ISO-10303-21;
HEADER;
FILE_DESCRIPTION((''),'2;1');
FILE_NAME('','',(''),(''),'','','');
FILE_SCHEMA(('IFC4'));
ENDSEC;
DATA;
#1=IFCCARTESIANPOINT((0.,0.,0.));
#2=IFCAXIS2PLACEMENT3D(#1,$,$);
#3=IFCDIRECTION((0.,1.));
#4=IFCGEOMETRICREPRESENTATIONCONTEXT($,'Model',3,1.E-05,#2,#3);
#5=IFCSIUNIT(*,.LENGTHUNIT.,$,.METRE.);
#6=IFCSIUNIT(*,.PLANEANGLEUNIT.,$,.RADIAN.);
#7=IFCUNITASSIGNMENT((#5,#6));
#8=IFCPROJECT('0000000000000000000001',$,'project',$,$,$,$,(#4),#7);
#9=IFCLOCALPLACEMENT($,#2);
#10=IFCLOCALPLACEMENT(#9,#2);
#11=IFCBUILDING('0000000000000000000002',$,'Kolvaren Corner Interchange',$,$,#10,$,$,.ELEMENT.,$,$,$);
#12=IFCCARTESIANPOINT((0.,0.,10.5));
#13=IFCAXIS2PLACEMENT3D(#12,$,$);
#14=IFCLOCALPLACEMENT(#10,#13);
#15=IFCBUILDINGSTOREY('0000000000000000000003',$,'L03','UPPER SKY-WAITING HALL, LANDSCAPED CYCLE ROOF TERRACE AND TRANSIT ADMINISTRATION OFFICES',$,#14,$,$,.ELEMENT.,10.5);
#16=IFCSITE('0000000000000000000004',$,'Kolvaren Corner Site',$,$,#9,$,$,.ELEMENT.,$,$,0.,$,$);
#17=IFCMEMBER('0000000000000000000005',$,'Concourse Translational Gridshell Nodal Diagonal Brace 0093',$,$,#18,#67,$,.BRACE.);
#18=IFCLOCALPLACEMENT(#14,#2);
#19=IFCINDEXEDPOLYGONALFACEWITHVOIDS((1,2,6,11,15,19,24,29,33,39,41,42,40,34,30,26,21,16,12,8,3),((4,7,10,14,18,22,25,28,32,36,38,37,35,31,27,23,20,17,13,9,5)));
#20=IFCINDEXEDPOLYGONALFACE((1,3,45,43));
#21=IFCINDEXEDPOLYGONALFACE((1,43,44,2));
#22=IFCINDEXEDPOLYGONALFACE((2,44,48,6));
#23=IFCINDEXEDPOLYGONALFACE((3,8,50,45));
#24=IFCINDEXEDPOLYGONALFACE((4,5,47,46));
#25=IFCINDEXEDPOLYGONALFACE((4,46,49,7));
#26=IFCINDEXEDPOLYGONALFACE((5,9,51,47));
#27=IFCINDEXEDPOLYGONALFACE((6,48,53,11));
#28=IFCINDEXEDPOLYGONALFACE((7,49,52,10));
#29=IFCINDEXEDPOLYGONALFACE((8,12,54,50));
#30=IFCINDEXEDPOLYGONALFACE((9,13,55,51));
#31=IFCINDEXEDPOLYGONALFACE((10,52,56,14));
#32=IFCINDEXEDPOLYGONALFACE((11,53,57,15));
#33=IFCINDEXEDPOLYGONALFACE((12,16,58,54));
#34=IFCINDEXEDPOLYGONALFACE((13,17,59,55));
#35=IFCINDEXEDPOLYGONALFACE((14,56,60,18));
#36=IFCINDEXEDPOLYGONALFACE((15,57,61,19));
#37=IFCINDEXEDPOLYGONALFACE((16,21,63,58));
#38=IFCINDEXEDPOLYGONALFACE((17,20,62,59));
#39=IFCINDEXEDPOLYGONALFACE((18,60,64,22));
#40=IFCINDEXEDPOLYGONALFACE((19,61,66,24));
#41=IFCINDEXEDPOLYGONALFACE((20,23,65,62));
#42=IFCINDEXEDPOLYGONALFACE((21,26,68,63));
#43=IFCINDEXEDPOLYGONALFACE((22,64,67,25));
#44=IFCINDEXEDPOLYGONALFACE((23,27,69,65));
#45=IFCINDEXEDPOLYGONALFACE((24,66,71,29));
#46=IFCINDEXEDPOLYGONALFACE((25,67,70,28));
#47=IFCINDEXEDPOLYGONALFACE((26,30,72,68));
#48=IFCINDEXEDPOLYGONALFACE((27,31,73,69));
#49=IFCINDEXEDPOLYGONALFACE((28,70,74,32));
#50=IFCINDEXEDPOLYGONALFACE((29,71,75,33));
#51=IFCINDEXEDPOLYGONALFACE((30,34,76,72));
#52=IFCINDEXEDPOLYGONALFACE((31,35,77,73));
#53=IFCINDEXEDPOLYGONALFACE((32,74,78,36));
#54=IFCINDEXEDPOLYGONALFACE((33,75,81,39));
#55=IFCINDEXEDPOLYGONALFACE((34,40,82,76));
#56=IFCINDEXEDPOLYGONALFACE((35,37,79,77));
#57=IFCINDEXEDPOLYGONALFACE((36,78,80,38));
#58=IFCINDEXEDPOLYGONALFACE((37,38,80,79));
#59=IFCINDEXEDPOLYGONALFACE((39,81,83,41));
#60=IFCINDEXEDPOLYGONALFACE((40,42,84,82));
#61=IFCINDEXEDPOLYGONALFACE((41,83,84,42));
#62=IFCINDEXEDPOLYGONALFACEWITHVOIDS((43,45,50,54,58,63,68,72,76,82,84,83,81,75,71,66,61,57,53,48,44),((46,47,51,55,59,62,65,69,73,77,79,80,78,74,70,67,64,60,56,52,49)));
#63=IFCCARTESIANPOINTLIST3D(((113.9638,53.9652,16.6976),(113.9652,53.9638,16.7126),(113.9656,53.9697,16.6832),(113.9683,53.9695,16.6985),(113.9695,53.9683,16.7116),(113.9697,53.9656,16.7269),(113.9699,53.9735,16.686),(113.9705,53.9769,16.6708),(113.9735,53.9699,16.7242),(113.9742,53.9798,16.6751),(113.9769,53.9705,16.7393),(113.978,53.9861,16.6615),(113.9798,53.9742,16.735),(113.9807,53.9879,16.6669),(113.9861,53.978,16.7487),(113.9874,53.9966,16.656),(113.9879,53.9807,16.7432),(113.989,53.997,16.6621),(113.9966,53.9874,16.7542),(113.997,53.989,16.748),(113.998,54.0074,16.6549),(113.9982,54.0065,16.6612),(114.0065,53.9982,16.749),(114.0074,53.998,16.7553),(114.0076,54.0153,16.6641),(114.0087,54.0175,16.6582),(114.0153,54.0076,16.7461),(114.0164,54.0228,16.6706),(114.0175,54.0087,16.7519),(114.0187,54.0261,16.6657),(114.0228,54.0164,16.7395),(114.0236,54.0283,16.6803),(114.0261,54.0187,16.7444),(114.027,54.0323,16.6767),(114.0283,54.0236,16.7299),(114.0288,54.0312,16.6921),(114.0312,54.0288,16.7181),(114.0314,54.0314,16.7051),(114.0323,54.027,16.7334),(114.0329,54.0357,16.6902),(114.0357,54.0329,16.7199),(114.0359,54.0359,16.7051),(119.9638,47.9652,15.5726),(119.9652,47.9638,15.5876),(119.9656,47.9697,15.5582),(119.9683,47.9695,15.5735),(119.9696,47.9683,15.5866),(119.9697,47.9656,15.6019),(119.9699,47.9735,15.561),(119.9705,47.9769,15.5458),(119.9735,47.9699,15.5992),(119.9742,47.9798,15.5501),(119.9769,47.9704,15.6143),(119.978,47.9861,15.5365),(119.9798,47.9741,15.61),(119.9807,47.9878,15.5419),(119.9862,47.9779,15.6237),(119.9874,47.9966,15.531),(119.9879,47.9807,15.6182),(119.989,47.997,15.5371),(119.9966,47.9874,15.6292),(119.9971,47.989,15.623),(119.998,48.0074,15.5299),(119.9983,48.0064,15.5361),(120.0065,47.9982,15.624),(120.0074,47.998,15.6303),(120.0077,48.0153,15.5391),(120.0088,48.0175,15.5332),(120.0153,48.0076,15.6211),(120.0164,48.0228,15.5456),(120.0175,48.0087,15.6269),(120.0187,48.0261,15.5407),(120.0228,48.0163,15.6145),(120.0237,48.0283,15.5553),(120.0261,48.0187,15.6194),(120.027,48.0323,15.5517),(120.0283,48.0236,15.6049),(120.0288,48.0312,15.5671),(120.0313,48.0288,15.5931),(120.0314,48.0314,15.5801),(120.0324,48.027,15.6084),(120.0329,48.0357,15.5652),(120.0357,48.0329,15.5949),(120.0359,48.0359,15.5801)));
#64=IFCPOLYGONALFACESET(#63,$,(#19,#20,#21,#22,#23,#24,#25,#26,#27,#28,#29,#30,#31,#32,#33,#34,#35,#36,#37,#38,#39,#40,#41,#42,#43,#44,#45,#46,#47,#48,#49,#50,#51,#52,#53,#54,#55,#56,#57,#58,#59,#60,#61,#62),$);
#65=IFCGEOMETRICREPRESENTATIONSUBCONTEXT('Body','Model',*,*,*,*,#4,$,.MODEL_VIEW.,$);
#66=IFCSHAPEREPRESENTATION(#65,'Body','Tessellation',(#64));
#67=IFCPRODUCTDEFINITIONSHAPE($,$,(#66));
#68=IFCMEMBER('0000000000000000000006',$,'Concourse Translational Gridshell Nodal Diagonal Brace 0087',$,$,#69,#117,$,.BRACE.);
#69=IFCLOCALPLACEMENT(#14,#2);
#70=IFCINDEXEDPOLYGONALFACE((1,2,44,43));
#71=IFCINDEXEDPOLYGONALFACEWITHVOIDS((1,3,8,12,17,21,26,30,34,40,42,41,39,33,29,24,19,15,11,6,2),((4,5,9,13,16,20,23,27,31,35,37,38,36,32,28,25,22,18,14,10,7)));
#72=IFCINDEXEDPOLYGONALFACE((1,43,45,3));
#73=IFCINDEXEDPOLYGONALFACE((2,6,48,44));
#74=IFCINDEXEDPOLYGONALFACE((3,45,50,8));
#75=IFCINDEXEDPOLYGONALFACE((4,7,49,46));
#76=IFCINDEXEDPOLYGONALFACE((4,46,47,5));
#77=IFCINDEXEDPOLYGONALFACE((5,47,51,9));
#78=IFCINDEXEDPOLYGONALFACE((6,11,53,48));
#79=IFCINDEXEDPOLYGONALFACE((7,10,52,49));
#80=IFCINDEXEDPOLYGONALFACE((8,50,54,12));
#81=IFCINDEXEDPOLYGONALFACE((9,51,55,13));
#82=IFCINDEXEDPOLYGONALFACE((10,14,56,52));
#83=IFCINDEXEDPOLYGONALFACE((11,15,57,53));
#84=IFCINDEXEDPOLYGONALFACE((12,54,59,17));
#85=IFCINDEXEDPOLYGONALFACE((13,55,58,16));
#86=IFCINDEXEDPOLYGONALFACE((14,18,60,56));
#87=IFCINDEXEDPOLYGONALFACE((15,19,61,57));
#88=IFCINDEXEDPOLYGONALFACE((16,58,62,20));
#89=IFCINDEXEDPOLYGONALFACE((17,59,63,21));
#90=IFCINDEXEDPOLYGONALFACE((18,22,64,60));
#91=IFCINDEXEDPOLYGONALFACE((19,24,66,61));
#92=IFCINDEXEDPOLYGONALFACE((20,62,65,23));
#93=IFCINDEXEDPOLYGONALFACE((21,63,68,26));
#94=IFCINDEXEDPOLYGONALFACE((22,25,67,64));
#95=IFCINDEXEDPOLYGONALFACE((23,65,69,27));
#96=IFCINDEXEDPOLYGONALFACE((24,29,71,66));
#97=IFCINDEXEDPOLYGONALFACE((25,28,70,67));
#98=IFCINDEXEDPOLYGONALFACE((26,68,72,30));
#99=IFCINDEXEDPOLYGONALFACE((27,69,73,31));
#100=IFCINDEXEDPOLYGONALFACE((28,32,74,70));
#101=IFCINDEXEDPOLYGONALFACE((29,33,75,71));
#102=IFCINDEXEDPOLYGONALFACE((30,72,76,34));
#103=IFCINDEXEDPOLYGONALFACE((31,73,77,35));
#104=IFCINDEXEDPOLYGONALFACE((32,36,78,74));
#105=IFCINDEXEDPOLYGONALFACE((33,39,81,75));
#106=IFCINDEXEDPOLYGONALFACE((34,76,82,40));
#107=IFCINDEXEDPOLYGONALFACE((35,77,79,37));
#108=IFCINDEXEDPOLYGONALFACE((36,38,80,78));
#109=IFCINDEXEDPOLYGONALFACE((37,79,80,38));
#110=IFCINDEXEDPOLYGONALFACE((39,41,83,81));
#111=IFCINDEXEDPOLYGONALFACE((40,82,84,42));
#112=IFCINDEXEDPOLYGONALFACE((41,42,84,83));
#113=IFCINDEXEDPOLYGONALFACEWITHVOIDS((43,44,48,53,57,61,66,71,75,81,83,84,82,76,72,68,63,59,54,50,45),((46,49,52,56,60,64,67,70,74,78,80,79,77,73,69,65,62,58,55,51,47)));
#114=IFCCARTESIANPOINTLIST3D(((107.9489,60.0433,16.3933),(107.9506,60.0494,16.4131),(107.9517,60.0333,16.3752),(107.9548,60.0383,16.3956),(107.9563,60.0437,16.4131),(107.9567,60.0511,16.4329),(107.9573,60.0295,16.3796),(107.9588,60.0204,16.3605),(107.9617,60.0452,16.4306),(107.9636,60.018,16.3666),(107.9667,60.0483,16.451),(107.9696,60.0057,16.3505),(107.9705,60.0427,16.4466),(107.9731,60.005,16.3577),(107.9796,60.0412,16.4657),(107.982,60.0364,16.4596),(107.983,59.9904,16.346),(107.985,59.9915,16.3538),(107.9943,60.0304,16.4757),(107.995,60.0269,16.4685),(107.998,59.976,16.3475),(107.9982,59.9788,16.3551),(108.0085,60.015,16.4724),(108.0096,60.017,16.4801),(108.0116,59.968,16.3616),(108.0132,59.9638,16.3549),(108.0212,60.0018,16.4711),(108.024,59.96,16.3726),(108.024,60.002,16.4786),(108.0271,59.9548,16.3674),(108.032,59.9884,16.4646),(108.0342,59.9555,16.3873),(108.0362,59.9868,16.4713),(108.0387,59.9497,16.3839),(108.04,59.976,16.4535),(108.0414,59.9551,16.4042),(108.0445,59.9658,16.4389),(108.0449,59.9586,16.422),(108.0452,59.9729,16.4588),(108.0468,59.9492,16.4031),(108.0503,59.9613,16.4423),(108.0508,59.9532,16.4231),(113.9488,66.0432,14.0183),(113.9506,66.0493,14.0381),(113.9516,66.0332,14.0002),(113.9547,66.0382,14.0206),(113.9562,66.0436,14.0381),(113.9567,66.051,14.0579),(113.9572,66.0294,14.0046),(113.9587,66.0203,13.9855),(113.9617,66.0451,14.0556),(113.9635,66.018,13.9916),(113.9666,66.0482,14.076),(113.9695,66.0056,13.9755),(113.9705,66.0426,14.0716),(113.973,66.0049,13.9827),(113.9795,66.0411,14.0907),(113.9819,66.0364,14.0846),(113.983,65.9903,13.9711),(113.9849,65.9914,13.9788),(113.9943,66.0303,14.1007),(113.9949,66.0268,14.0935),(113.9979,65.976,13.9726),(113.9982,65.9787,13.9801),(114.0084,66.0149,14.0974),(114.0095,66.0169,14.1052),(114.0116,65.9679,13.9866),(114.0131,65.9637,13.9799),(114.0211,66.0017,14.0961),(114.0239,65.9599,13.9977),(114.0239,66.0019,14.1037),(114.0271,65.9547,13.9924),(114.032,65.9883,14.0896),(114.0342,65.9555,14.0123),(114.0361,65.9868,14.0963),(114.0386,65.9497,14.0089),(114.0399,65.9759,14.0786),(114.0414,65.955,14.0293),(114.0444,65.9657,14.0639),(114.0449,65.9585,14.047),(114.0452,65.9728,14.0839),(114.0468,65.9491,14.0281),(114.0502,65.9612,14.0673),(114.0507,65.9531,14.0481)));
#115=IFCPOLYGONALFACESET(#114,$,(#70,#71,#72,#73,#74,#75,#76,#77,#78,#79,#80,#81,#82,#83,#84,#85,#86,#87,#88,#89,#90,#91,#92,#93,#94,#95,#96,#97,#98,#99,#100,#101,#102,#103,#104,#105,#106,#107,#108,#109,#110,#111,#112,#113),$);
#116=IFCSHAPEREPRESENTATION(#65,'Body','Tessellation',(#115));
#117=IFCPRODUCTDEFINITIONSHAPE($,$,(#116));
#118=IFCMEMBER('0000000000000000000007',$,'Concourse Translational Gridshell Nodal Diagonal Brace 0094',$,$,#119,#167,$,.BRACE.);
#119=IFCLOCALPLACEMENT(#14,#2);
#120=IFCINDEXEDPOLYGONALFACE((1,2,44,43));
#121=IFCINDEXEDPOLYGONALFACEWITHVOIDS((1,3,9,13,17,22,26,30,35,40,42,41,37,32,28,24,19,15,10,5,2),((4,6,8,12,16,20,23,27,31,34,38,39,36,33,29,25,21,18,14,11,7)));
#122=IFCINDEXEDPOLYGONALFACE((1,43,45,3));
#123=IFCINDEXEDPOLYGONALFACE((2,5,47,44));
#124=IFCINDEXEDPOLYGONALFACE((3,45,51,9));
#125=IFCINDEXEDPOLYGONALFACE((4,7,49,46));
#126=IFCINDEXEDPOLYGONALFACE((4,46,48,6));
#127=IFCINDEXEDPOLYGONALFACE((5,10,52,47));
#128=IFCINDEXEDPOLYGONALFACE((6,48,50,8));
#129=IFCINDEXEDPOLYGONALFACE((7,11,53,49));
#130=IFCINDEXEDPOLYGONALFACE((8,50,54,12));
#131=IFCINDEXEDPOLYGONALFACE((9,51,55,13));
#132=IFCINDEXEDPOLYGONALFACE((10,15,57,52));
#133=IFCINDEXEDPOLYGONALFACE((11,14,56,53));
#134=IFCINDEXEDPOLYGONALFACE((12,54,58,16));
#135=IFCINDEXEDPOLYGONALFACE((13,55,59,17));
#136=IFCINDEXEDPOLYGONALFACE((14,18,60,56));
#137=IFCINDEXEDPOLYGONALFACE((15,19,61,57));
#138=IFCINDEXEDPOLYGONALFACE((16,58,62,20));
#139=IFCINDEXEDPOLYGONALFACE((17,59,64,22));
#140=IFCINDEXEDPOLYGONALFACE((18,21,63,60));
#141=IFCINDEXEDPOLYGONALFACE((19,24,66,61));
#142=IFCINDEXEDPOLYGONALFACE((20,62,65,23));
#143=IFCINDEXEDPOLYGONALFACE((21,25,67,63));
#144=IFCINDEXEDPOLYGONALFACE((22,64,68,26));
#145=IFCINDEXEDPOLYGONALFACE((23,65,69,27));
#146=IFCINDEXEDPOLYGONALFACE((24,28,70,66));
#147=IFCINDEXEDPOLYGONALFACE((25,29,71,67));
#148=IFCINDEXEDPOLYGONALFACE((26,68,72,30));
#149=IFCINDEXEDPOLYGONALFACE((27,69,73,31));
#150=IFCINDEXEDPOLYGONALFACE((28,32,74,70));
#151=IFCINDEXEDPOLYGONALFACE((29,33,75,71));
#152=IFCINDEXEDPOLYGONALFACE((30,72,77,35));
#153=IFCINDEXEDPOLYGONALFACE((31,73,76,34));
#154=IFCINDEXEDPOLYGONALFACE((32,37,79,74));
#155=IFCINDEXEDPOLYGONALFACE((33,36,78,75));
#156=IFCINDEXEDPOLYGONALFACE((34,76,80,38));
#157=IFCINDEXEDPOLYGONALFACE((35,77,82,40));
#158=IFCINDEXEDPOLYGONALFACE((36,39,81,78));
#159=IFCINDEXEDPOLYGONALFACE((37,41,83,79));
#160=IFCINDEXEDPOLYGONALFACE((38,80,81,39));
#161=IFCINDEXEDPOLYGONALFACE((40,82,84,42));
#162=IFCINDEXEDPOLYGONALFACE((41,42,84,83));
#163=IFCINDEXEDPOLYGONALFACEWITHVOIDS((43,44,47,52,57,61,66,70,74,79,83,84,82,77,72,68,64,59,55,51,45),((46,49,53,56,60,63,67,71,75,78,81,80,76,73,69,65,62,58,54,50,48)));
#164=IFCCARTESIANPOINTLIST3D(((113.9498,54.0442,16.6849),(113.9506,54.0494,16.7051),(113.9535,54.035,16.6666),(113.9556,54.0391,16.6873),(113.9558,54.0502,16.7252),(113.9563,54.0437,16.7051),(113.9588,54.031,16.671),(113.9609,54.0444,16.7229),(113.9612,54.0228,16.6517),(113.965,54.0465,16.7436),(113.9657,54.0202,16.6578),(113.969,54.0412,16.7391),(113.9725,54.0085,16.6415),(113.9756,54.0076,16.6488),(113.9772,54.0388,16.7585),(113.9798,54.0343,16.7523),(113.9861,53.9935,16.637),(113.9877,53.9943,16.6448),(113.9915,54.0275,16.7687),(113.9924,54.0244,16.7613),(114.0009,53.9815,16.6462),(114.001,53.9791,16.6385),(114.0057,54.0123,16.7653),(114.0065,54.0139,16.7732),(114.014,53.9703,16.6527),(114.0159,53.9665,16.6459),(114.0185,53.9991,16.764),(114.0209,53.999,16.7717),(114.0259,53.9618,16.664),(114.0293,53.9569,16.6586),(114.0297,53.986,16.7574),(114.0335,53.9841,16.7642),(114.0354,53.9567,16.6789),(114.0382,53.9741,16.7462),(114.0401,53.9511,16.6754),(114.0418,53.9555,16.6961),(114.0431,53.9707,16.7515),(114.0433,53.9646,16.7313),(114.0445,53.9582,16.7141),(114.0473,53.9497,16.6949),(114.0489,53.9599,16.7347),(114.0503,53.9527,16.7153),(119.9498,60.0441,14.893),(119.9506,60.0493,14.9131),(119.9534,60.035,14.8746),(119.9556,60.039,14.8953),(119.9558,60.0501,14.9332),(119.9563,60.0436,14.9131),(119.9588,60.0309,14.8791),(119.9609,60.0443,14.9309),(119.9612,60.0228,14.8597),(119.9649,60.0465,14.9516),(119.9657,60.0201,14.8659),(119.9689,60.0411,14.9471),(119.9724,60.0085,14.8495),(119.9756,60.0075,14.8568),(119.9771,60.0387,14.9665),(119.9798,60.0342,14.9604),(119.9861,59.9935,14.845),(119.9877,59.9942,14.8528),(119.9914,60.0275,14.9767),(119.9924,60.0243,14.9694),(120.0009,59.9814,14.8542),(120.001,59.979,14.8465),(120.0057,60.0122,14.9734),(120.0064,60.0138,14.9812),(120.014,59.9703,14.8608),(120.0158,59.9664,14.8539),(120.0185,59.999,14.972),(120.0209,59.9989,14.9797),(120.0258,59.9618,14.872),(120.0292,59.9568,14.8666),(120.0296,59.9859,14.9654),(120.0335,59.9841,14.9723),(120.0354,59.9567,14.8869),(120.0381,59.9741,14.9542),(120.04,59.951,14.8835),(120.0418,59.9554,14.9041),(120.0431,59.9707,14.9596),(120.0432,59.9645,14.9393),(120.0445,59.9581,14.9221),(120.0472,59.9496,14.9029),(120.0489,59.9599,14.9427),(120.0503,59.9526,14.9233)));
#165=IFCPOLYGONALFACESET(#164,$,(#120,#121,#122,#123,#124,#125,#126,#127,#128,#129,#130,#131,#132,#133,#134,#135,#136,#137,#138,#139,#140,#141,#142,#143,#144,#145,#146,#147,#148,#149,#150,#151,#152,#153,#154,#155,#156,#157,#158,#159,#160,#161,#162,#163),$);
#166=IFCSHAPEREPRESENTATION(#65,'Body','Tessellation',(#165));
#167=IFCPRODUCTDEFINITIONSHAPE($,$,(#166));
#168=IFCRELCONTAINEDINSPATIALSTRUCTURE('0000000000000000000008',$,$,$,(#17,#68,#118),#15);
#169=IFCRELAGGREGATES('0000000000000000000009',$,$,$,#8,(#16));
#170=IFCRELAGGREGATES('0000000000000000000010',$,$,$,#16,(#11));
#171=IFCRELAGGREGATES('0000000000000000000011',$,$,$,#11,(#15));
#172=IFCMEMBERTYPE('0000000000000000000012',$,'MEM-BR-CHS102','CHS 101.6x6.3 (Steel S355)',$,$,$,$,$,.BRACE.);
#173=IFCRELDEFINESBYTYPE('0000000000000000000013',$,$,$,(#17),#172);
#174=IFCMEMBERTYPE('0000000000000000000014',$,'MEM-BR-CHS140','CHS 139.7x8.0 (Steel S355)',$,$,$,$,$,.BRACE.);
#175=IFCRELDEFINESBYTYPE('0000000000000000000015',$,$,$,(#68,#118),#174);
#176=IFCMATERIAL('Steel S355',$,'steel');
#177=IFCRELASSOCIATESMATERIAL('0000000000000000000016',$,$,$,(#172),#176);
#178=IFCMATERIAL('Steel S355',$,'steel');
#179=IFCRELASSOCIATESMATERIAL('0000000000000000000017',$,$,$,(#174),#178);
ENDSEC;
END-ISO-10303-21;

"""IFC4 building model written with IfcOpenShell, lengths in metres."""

from ifc_helpers import new_model, si_unit, direction, frame, origin, origin_2d, place, context, subcontext, project, spatial, hollow_circle, extrude, material, material_profile, profile_set, type_object, element, save


model = new_model("IFC4")

# Units and contexts
model_context = context("Model", 3, precision=1e-05, world=origin(), true_north=direction((0.0, 1.0)))
body_context = subcontext(model_context, "Body", "Model", "MODEL_VIEW")
ifc_project = project(units=[si_unit("LENGTHUNIT", "METRE"), si_unit("PLANEANGLEUNIT", "RADIAN")], contexts=[model_context])

# Site, building, storey
site_placement = place(None, origin())
site = spatial("IfcSite", under=ifc_project, at=site_placement, Name="Kolvaren Corner Site", CompositionType="ELEMENT", RefElevation=0.0)
building_placement = place(site_placement, origin())
building = spatial("IfcBuilding", under=site, at=building_placement, Name="Kolvaren Corner Interchange", CompositionType="ELEMENT")
storey_placement = place(building_placement, frame((0.0, 0.0, 10.5)))
storey = spatial("IfcBuildingStorey", under=building, at=storey_placement, Name="L03", Description="UPPER SKY-WAITING HALL, LANDSCAPED CYCLE ROOF TERRACE AND TRANSIT ADMINISTRATION OFFICES", CompositionType="ELEMENT", Elevation=10.5)

# Members
ifc_material_1 = material(Name="Steel S355", Category="steel")
ifc_material_profile_1 = material_profile(ifc_material_1, hollow_circle(Radius=0.0508, WallThickness=0.0063, at=origin_2d()), Name="CHS 101.6x6.3")
ifc_profile_set_1 = profile_set([ifc_material_profile_1], Name="Steel S355")
member_type_1 = type_object("IfcMemberType", Name="MEM-BR-CHS102", Description="CHS 101.6x6.3 (Steel S355)", PredefinedType="BRACE", material=ifc_profile_set_1)
member_1_placement = place(storey_placement, frame((114.0, 54.0, 16.7051), z_axis=(0.700973, -0.700973, -0.131432), x_axis=(0.707107, 0.707107, 0.0)))
element("IfcMember", 1, at=member_1_placement, inside=storey, type_object=member_type_1, Name="Concourse Translational Gridshell Nodal Diagonal Brace 0093", PredefinedType="BRACE", context=body_context, shape_type="SweptSolid", body=[
    extrude(hollow_circle(Radius=0.0508, WallThickness=0.0063, at=origin_2d()), origin(), (0.0, 0.0, 1.0), 8.5596),
])
ifc_material_2 = material(Name="Steel S355", Category="steel")
ifc_material_profile_2 = material_profile(ifc_material_2, hollow_circle(Radius=0.0698, WallThickness=0.0081, at=origin_2d()), Name="CHS 139.7x8.0")
ifc_profile_set_2 = profile_set([ifc_material_profile_2], Name="Steel S355")
member_type_2 = type_object("IfcMemberType", Name="MEM-BR-CHS140", Description="CHS 139.7x8.0 (Steel S355)", PredefinedType="BRACE", material=ifc_profile_set_2)
member_2_placement = place(storey_placement, frame((108.0, 60.0, 16.4131), z_axis=(0.680937, 0.680937, -0.269537), x_axis=(-0.707107, 0.707107, 0.0)))
element("IfcMember", 2, at=member_2_placement, inside=storey, type_object=member_type_2, Name="Concourse Translational Gridshell Nodal Diagonal Brace 0087", PredefinedType="BRACE", context=body_context, shape_type="SweptSolid", body=[
    extrude(hollow_circle(Radius=0.0698, WallThickness=0.0081, at=origin_2d()), origin(), (0.0, 0.0, 1.0), 8.8113),
])
member_3_placement = place(storey_placement, frame((114.0, 54.0, 16.7051), z_axis=(0.691847, 0.691847, -0.206631), x_axis=(-0.707107, 0.707107, 0.0)))
element("IfcMember", 3, at=member_3_placement, inside=storey, type_object=member_type_2, Name="Concourse Translational Gridshell Nodal Diagonal Brace 0094", PredefinedType="BRACE", context=body_context, shape_type="SweptSolid", body=[
    extrude(hollow_circle(Radius=0.0698, WallThickness=0.0081, at=origin_2d()), origin(), (0.0, 0.0, 1.0), 8.6724),
])

save(model, "model.ifc")
